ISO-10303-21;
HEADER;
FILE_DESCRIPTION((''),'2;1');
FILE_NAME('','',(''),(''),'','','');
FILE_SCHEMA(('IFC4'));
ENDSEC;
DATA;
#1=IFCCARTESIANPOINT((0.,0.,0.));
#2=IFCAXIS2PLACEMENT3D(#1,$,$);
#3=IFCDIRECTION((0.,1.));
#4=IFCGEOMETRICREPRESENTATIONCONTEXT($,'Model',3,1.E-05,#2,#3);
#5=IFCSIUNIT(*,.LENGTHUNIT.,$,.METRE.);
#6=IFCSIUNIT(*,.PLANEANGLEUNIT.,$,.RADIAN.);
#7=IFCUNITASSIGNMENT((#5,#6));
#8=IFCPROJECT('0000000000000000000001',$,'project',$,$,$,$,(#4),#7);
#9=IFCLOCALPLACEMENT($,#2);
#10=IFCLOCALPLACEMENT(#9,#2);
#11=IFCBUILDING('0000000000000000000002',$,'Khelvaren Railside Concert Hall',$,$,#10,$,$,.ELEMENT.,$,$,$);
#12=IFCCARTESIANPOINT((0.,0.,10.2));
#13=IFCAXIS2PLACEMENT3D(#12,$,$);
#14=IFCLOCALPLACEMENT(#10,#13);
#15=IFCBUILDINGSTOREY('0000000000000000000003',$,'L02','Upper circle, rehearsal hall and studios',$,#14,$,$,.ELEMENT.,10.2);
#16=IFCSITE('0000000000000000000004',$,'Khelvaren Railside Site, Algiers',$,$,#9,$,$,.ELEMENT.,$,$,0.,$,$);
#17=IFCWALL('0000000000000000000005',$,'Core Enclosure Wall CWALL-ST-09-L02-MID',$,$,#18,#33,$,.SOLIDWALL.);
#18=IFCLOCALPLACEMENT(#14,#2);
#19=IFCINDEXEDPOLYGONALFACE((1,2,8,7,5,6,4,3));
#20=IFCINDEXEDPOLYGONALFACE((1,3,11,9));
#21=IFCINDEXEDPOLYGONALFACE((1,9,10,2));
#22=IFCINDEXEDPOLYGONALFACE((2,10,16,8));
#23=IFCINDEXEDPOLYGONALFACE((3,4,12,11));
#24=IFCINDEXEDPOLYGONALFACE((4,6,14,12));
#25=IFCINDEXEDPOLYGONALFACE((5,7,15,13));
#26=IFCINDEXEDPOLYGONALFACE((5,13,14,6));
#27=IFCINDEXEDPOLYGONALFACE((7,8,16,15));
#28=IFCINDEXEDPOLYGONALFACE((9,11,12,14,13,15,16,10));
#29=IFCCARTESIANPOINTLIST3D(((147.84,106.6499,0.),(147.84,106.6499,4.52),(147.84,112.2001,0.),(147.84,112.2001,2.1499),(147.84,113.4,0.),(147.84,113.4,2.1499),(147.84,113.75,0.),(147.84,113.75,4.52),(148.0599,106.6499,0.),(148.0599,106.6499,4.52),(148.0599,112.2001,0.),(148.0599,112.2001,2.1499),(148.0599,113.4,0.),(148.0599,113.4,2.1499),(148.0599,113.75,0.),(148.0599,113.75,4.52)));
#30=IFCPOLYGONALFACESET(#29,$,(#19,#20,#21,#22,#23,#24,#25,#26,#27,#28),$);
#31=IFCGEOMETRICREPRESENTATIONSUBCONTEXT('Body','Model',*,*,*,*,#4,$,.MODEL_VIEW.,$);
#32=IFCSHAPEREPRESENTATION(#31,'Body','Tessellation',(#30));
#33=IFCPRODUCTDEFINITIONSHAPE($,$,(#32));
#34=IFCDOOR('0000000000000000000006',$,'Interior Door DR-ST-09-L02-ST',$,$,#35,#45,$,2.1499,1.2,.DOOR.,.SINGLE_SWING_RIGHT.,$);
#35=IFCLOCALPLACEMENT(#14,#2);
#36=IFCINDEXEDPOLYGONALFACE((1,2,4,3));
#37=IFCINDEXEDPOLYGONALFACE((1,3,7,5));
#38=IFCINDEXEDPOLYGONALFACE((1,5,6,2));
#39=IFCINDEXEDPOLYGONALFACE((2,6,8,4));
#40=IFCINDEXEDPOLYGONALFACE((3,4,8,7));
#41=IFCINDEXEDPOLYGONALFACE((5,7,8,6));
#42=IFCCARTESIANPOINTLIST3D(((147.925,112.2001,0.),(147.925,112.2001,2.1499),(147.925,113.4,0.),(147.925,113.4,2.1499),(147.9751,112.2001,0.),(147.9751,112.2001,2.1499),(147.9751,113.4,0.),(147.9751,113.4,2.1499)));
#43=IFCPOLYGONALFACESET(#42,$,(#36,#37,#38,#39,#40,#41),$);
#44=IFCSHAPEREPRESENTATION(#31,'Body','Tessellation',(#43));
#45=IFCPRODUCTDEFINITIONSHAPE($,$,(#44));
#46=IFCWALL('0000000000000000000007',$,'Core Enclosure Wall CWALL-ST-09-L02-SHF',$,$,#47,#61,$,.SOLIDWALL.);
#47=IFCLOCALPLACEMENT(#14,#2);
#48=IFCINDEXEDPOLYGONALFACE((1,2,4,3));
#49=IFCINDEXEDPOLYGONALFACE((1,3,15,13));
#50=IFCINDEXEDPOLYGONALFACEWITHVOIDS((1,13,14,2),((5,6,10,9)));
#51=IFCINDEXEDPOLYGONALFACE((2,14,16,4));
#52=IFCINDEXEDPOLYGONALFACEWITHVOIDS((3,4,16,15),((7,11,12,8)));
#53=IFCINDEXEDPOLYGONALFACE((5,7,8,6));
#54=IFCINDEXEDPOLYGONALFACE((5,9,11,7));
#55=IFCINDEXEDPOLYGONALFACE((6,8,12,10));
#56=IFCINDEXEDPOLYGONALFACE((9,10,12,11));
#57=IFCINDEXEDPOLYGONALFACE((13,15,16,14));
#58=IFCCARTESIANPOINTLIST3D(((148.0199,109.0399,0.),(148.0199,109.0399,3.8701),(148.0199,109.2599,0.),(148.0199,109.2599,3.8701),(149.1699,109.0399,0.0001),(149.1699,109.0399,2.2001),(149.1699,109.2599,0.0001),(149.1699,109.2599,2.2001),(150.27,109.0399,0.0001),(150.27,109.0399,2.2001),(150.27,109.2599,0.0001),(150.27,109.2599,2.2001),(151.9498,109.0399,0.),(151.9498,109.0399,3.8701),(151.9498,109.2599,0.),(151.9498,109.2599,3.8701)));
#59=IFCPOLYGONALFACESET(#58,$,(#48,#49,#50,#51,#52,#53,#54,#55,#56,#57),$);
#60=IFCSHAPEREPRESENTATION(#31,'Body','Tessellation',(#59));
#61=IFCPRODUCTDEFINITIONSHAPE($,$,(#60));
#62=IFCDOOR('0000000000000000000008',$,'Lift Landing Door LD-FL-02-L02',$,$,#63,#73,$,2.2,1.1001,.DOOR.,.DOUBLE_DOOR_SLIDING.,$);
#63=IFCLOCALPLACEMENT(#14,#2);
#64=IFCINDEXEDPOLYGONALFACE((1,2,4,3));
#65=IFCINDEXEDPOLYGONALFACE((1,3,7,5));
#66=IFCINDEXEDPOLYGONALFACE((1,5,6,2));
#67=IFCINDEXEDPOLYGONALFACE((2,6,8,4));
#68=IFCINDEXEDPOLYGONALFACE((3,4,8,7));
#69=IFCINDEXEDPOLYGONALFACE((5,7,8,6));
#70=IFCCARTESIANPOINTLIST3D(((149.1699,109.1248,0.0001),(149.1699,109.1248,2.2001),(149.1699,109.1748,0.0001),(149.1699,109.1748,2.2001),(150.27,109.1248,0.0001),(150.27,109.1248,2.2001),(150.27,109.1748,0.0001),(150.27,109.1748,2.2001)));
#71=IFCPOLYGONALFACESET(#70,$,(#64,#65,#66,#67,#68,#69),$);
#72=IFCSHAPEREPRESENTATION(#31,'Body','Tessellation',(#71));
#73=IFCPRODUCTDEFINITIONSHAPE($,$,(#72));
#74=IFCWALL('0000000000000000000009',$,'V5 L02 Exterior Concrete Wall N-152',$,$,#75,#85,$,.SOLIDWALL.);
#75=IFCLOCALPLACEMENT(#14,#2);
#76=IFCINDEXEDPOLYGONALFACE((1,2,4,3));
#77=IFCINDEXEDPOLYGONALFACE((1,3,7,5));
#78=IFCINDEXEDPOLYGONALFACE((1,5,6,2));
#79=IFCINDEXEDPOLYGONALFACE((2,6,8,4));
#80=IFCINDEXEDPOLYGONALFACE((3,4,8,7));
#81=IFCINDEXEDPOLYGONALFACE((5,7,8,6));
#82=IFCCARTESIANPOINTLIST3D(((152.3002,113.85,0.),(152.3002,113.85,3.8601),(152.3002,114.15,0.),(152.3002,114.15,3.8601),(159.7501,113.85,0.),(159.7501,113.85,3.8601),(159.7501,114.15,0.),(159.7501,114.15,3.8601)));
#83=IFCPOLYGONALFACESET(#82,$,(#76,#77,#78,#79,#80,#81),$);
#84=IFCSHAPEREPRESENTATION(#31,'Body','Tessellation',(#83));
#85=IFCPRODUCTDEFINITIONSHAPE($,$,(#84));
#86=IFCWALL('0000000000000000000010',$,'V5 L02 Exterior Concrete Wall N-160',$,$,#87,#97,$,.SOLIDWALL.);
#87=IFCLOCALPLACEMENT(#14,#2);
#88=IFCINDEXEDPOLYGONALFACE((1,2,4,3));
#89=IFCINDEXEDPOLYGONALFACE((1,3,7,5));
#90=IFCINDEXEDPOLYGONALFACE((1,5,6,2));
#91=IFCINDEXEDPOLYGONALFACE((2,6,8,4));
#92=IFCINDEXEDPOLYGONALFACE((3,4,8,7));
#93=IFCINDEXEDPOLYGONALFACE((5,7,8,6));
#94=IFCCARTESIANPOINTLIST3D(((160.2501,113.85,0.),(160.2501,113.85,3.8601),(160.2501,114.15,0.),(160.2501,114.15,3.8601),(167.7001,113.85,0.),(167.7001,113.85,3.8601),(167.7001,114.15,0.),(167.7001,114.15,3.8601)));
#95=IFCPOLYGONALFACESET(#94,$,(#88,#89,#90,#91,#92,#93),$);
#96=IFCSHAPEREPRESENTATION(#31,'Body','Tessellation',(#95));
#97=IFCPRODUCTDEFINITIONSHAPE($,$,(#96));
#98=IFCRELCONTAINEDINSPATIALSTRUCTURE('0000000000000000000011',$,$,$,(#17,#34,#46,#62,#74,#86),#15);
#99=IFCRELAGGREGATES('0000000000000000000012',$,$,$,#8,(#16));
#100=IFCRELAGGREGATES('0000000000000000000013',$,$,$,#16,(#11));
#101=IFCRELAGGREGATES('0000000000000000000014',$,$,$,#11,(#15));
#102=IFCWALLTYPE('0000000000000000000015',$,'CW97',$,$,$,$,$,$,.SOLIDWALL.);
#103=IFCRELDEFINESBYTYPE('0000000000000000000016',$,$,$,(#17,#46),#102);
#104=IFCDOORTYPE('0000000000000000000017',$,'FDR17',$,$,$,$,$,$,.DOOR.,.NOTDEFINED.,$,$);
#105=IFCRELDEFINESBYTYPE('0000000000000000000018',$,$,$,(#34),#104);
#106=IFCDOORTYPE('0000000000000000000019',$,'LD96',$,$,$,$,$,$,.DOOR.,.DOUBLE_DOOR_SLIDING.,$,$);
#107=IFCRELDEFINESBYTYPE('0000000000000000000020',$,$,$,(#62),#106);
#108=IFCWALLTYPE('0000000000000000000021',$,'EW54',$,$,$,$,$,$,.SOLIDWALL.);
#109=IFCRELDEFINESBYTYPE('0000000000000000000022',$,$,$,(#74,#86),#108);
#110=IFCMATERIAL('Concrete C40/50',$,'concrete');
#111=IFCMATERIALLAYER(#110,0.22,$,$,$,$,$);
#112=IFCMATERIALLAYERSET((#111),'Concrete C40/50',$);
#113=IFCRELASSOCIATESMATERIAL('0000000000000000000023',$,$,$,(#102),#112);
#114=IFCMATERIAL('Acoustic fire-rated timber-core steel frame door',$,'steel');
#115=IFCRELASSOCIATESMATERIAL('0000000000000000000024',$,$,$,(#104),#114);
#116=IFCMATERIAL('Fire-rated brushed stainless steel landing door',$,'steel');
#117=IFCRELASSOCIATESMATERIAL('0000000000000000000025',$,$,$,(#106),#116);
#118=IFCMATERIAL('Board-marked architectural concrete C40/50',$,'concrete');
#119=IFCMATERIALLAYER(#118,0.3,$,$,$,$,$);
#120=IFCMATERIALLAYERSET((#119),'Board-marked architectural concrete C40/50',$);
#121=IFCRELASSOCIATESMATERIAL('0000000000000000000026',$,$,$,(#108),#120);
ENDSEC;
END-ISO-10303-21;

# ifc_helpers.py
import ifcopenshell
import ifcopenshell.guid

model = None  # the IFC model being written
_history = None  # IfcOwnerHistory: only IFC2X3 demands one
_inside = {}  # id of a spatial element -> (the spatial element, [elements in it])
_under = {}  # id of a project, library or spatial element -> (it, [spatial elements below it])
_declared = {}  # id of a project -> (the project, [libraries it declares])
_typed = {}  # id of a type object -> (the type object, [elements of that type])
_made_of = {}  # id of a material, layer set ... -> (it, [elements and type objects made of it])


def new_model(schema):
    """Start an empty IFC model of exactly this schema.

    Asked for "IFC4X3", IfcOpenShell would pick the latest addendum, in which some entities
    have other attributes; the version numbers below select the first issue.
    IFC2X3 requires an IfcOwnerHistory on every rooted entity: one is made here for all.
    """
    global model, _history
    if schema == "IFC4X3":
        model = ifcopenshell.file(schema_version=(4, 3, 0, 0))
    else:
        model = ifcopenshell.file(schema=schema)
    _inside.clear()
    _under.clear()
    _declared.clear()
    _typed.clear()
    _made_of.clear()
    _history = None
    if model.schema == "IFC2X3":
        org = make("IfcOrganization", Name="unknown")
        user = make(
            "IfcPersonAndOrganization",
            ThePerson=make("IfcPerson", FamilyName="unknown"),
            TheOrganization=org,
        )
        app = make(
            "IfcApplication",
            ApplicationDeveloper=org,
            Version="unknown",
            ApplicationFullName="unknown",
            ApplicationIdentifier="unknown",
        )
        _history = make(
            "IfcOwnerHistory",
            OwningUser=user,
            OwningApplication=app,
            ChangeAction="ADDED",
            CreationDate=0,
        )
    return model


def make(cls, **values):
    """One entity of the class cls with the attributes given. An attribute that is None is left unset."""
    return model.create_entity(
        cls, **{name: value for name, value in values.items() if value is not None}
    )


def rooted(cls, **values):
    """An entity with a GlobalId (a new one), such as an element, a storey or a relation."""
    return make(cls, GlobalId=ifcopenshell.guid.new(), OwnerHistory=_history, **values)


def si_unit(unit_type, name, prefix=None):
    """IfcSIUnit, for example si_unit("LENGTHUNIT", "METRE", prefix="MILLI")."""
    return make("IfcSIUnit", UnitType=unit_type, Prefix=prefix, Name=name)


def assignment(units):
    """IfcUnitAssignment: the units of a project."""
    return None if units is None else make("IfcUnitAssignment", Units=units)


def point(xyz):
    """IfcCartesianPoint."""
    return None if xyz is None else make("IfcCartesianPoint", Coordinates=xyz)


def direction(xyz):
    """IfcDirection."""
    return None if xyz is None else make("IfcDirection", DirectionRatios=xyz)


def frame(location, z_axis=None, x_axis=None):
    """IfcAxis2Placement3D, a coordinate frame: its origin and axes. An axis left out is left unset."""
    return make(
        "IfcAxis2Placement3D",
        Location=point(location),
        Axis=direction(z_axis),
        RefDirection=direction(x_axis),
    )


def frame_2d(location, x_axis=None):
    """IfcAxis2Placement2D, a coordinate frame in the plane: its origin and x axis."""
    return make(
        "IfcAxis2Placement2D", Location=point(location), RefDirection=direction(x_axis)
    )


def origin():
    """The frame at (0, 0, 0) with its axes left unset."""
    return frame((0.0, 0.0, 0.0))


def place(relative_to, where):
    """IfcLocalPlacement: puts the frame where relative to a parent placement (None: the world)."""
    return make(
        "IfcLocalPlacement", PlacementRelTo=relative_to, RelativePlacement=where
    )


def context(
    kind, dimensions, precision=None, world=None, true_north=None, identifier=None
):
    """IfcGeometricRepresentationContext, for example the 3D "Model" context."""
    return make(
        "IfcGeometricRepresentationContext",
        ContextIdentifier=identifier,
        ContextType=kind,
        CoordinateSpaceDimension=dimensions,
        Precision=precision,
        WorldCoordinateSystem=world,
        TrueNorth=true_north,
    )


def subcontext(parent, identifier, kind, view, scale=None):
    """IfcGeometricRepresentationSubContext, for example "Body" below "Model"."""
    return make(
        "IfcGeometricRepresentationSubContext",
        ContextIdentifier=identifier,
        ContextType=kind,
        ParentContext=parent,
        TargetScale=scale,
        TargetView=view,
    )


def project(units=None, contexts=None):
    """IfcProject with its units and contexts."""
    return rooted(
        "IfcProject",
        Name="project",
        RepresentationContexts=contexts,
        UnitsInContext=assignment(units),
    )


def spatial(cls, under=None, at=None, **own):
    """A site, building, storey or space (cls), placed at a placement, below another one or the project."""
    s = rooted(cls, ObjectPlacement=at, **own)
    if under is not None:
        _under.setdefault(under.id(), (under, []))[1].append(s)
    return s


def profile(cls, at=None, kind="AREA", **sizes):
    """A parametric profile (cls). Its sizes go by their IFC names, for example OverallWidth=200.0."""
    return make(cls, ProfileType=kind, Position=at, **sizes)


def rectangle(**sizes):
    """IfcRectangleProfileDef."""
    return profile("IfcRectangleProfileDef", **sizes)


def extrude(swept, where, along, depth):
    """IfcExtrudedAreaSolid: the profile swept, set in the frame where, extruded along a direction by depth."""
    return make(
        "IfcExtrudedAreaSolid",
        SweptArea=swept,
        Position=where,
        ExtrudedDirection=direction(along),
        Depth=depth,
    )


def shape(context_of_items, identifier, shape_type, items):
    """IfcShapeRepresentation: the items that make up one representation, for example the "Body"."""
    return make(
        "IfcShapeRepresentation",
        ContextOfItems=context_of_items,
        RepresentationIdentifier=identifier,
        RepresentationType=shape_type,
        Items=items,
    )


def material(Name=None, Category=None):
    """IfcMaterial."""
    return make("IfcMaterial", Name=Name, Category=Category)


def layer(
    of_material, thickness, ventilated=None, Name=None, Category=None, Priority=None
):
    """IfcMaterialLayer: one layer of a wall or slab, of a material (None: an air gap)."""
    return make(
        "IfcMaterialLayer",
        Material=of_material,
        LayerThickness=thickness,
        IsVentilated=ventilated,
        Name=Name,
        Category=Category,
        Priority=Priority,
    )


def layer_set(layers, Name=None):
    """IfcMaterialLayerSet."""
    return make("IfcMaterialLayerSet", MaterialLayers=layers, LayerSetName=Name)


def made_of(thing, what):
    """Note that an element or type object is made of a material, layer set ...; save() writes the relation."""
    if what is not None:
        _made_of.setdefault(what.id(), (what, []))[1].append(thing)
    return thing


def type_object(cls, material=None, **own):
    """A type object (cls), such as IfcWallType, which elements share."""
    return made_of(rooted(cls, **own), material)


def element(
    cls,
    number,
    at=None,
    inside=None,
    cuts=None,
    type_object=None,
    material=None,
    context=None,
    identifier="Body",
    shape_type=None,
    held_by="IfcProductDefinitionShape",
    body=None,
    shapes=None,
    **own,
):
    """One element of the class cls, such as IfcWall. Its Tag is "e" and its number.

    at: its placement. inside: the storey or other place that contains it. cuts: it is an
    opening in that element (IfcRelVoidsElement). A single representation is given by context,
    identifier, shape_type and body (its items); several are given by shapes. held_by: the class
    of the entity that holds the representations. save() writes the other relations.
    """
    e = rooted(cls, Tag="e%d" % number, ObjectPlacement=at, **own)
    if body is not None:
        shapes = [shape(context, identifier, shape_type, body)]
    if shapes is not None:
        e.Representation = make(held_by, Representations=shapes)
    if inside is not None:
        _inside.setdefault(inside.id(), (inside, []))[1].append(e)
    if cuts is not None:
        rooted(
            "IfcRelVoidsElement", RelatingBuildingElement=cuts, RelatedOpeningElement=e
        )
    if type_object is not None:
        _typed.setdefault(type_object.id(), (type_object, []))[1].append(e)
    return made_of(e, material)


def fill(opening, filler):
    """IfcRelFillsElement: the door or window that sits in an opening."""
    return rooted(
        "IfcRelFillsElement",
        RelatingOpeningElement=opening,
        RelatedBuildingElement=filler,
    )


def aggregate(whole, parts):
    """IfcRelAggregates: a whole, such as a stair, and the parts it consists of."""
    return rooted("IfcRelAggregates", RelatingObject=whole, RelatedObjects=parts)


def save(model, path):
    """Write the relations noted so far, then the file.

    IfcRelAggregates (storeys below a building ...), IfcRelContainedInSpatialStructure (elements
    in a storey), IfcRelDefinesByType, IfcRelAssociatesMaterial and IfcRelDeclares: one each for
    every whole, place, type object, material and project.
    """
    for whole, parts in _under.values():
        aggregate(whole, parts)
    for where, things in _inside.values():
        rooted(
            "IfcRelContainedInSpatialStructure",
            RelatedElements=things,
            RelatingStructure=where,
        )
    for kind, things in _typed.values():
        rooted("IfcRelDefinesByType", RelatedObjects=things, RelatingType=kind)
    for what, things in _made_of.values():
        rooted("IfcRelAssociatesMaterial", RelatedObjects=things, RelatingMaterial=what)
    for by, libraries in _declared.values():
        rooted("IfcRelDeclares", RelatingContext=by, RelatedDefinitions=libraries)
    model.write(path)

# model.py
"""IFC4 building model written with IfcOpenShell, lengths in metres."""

from ifc_helpers import new_model, si_unit, direction, frame, frame_2d, origin, place, context, subcontext, project, spatial, rectangle, extrude, material, layer, layer_set, type_object, element, fill, save


model = new_model("IFC4")

# Units and contexts
model_context = context("Model", 3, precision=1e-05, world=origin(), true_north=direction((0.0, 1.0)))
body_context = subcontext(model_context, "Body", "Model", "MODEL_VIEW")
ifc_project = project(units=[si_unit("LENGTHUNIT", "METRE"), si_unit("PLANEANGLEUNIT", "RADIAN")], contexts=[model_context])

# Site, building, storey
site_placement = place(None, origin())
site = spatial("IfcSite", under=ifc_project, at=site_placement, Name="Khelvaren Railside Site, Algiers", CompositionType="ELEMENT", RefElevation=0.0)
building_placement = place(site_placement, origin())
building = spatial("IfcBuilding", under=site, at=building_placement, Name="Khelvaren Railside Concert Hall", CompositionType="ELEMENT")
storey_placement = place(building_placement, frame((0.0, 0.0, 10.2)))
storey = spatial("IfcBuildingStorey", under=building, at=storey_placement, Name="L02", Description="Upper circle, rehearsal hall and studios", CompositionType="ELEMENT", Elevation=10.2)

# Shared definitions
ifc_material_1 = material(Name="Concrete C40/50", Category="concrete")

# Walls, openings, doors
ifc_material_2 = material(Name="Acoustic fire-rated timber-core steel frame door", Category="steel")
ifc_layer_1 = layer(ifc_material_1, 0.22)
ifc_layer_set_1 = layer_set([ifc_layer_1], Name="Concrete C40/50")
wall_type_1 = type_object("IfcWallType", Name="CW97", PredefinedType="SOLIDWALL", material=ifc_layer_set_1)
wall_1_placement = place(storey_placement, frame((147.95, 106.6499, 0.0), z_axis=(0.0, 0.0, 1.0), x_axis=(0.0, 1.0, 0.0)))
wall_1 = element("IfcWall", 1, at=wall_1_placement, inside=storey, type_object=wall_type_1, Name="Core Enclosure Wall CWALL-ST-09-L02-MID", PredefinedType="SOLIDWALL", context=body_context, shape_type="SweptSolid", body=[
    extrude(rectangle(XDim=7.1001, YDim=0.22, at=frame_2d((3.55, 0.0))), origin(), (0.0, 0.0, 1.0), 4.52),
])
opening_1_placement = place(wall_1_placement, frame((5.55, 0.0, 0.0)))
opening_1 = element("IfcOpeningElement", 2, at=opening_1_placement, cuts=wall_1, PredefinedType="OPENING", context=body_context, shape_type="SweptSolid", body=[
    extrude(rectangle(XDim=1.2, YDim=2.1499, at=frame_2d((0.6001, 1.075))), frame((0.0, 0.1199, 0.0), z_axis=(0.0, -1.0, 0.0), x_axis=(1.0, 0.0, 0.0)), (0.0, 0.0, 1.0), 0.24),
])
door_type_1 = type_object("IfcDoorType", Name="FDR17", OperationType="NOTDEFINED", PredefinedType="DOOR", material=ifc_material_2)
door_1_placement = place(opening_1_placement, origin())
door_1 = element("IfcDoor", 3, at=door_1_placement, inside=storey, type_object=door_type_1, Name="Interior Door DR-ST-09-L02-ST", OperationType="SINGLE_SWING_RIGHT", OverallHeight=2.1499, OverallWidth=1.2, PredefinedType="DOOR", context=body_context, shape_type="SweptSolid", body=[
    extrude(rectangle(XDim=1.2, YDim=2.1499, at=frame_2d((0.6001, 1.075))), frame((0.0, 0.0249, 0.0), z_axis=(0.0, -1.0, 0.0), x_axis=(1.0, 0.0, 0.0)), (0.0, 0.0, 1.0), 0.05),
])
fill(opening_1, door_1)
wall_2_placement = place(storey_placement, frame((148.02, 109.1499, 0.0), z_axis=(0.0, 0.0, 1.0), x_axis=(1.0, 0.0, 0.0)))
wall_2 = element("IfcWall", 4, at=wall_2_placement, inside=storey, type_object=wall_type_1, Name="Core Enclosure Wall CWALL-ST-09-L02-SHF", PredefinedType="SOLIDWALL", context=body_context, shape_type="SweptSolid", body=[
    extrude(rectangle(XDim=3.9299, YDim=0.22, at=frame_2d((1.9648, 0.0))), origin(), (0.0, 0.0, 1.0), 3.8701),
])
opening_2_placement = place(wall_2_placement, frame((1.1499, 0.0, 0.0)))
opening_2 = element("IfcOpeningElement", 5, at=opening_2_placement, cuts=wall_2, PredefinedType="OPENING", context=body_context, shape_type="SweptSolid", body=[
    extrude(rectangle(XDim=1.1001, YDim=2.2, at=frame_2d((0.55, 1.1001))), frame((0.0, 0.1199, 0.0), z_axis=(0.0, -1.0, 0.0), x_axis=(1.0, 0.0, 0.0)), (0.0, 0.0, 1.0), 0.24),
])
ifc_material_3 = material(Name="Fire-rated brushed stainless steel landing door", Category="steel")
door_type_2 = type_object("IfcDoorType", Name="LD96", OperationType="DOUBLE_DOOR_SLIDING", PredefinedType="DOOR", material=ifc_material_3)
door_2_placement = place(opening_2_placement, origin())
door_2 = element("IfcDoor", 6, at=door_2_placement, inside=storey, type_object=door_type_2, Name="Lift Landing Door LD-FL-02-L02", OperationType="DOUBLE_DOOR_SLIDING", OverallHeight=2.2, OverallWidth=1.1001, PredefinedType="DOOR", context=body_context, shape_type="SweptSolid", body=[
    extrude(rectangle(XDim=1.1001, YDim=2.2, at=frame_2d((0.55, 1.1001))), frame((0.0, 0.0249, 0.0), z_axis=(0.0, -1.0, 0.0), x_axis=(1.0, 0.0, 0.0)), (0.0, 0.0, 1.0), 0.05),
])
fill(opening_2, door_2)

# Walls
ifc_material_4 = material(Name="Board-marked architectural concrete C40/50", Category="concrete")
ifc_layer_2 = layer(ifc_material_4, 0.3)
ifc_layer_set_2 = layer_set([ifc_layer_2], Name="Board-marked architectural concrete C40/50")
wall_type_2 = type_object("IfcWallType", Name="EW54", PredefinedType="SOLIDWALL", material=ifc_layer_set_2)
for number, where, z_axis, x_axis, name in (
    (7, (152.3, 114.0, 0.0), (0.0, 0.0, 1.0), (1.0, 0.0, 0.0), "V5 L02 Exterior Concrete Wall N-152"),
    (8, (160.25, 114.0, 0.0), (0.0, 0.0, 1.0), (1.0, 0.0, 0.0), "V5 L02 Exterior Concrete Wall N-160"),
):
    element("IfcWall", number, at=place(storey_placement, frame(where, z_axis=z_axis, x_axis=x_axis)), inside=storey, type_object=wall_type_2, Name=name, PredefinedType="SOLIDWALL", context=body_context, shape_type="SweptSolid", body=[
        extrude(rectangle(XDim=7.45, YDim=0.3, at=frame_2d((3.7251, 0.0))), origin(), (0.0, 0.0, 1.0), 3.8601),
    ])

save(model, "model.ifc")
